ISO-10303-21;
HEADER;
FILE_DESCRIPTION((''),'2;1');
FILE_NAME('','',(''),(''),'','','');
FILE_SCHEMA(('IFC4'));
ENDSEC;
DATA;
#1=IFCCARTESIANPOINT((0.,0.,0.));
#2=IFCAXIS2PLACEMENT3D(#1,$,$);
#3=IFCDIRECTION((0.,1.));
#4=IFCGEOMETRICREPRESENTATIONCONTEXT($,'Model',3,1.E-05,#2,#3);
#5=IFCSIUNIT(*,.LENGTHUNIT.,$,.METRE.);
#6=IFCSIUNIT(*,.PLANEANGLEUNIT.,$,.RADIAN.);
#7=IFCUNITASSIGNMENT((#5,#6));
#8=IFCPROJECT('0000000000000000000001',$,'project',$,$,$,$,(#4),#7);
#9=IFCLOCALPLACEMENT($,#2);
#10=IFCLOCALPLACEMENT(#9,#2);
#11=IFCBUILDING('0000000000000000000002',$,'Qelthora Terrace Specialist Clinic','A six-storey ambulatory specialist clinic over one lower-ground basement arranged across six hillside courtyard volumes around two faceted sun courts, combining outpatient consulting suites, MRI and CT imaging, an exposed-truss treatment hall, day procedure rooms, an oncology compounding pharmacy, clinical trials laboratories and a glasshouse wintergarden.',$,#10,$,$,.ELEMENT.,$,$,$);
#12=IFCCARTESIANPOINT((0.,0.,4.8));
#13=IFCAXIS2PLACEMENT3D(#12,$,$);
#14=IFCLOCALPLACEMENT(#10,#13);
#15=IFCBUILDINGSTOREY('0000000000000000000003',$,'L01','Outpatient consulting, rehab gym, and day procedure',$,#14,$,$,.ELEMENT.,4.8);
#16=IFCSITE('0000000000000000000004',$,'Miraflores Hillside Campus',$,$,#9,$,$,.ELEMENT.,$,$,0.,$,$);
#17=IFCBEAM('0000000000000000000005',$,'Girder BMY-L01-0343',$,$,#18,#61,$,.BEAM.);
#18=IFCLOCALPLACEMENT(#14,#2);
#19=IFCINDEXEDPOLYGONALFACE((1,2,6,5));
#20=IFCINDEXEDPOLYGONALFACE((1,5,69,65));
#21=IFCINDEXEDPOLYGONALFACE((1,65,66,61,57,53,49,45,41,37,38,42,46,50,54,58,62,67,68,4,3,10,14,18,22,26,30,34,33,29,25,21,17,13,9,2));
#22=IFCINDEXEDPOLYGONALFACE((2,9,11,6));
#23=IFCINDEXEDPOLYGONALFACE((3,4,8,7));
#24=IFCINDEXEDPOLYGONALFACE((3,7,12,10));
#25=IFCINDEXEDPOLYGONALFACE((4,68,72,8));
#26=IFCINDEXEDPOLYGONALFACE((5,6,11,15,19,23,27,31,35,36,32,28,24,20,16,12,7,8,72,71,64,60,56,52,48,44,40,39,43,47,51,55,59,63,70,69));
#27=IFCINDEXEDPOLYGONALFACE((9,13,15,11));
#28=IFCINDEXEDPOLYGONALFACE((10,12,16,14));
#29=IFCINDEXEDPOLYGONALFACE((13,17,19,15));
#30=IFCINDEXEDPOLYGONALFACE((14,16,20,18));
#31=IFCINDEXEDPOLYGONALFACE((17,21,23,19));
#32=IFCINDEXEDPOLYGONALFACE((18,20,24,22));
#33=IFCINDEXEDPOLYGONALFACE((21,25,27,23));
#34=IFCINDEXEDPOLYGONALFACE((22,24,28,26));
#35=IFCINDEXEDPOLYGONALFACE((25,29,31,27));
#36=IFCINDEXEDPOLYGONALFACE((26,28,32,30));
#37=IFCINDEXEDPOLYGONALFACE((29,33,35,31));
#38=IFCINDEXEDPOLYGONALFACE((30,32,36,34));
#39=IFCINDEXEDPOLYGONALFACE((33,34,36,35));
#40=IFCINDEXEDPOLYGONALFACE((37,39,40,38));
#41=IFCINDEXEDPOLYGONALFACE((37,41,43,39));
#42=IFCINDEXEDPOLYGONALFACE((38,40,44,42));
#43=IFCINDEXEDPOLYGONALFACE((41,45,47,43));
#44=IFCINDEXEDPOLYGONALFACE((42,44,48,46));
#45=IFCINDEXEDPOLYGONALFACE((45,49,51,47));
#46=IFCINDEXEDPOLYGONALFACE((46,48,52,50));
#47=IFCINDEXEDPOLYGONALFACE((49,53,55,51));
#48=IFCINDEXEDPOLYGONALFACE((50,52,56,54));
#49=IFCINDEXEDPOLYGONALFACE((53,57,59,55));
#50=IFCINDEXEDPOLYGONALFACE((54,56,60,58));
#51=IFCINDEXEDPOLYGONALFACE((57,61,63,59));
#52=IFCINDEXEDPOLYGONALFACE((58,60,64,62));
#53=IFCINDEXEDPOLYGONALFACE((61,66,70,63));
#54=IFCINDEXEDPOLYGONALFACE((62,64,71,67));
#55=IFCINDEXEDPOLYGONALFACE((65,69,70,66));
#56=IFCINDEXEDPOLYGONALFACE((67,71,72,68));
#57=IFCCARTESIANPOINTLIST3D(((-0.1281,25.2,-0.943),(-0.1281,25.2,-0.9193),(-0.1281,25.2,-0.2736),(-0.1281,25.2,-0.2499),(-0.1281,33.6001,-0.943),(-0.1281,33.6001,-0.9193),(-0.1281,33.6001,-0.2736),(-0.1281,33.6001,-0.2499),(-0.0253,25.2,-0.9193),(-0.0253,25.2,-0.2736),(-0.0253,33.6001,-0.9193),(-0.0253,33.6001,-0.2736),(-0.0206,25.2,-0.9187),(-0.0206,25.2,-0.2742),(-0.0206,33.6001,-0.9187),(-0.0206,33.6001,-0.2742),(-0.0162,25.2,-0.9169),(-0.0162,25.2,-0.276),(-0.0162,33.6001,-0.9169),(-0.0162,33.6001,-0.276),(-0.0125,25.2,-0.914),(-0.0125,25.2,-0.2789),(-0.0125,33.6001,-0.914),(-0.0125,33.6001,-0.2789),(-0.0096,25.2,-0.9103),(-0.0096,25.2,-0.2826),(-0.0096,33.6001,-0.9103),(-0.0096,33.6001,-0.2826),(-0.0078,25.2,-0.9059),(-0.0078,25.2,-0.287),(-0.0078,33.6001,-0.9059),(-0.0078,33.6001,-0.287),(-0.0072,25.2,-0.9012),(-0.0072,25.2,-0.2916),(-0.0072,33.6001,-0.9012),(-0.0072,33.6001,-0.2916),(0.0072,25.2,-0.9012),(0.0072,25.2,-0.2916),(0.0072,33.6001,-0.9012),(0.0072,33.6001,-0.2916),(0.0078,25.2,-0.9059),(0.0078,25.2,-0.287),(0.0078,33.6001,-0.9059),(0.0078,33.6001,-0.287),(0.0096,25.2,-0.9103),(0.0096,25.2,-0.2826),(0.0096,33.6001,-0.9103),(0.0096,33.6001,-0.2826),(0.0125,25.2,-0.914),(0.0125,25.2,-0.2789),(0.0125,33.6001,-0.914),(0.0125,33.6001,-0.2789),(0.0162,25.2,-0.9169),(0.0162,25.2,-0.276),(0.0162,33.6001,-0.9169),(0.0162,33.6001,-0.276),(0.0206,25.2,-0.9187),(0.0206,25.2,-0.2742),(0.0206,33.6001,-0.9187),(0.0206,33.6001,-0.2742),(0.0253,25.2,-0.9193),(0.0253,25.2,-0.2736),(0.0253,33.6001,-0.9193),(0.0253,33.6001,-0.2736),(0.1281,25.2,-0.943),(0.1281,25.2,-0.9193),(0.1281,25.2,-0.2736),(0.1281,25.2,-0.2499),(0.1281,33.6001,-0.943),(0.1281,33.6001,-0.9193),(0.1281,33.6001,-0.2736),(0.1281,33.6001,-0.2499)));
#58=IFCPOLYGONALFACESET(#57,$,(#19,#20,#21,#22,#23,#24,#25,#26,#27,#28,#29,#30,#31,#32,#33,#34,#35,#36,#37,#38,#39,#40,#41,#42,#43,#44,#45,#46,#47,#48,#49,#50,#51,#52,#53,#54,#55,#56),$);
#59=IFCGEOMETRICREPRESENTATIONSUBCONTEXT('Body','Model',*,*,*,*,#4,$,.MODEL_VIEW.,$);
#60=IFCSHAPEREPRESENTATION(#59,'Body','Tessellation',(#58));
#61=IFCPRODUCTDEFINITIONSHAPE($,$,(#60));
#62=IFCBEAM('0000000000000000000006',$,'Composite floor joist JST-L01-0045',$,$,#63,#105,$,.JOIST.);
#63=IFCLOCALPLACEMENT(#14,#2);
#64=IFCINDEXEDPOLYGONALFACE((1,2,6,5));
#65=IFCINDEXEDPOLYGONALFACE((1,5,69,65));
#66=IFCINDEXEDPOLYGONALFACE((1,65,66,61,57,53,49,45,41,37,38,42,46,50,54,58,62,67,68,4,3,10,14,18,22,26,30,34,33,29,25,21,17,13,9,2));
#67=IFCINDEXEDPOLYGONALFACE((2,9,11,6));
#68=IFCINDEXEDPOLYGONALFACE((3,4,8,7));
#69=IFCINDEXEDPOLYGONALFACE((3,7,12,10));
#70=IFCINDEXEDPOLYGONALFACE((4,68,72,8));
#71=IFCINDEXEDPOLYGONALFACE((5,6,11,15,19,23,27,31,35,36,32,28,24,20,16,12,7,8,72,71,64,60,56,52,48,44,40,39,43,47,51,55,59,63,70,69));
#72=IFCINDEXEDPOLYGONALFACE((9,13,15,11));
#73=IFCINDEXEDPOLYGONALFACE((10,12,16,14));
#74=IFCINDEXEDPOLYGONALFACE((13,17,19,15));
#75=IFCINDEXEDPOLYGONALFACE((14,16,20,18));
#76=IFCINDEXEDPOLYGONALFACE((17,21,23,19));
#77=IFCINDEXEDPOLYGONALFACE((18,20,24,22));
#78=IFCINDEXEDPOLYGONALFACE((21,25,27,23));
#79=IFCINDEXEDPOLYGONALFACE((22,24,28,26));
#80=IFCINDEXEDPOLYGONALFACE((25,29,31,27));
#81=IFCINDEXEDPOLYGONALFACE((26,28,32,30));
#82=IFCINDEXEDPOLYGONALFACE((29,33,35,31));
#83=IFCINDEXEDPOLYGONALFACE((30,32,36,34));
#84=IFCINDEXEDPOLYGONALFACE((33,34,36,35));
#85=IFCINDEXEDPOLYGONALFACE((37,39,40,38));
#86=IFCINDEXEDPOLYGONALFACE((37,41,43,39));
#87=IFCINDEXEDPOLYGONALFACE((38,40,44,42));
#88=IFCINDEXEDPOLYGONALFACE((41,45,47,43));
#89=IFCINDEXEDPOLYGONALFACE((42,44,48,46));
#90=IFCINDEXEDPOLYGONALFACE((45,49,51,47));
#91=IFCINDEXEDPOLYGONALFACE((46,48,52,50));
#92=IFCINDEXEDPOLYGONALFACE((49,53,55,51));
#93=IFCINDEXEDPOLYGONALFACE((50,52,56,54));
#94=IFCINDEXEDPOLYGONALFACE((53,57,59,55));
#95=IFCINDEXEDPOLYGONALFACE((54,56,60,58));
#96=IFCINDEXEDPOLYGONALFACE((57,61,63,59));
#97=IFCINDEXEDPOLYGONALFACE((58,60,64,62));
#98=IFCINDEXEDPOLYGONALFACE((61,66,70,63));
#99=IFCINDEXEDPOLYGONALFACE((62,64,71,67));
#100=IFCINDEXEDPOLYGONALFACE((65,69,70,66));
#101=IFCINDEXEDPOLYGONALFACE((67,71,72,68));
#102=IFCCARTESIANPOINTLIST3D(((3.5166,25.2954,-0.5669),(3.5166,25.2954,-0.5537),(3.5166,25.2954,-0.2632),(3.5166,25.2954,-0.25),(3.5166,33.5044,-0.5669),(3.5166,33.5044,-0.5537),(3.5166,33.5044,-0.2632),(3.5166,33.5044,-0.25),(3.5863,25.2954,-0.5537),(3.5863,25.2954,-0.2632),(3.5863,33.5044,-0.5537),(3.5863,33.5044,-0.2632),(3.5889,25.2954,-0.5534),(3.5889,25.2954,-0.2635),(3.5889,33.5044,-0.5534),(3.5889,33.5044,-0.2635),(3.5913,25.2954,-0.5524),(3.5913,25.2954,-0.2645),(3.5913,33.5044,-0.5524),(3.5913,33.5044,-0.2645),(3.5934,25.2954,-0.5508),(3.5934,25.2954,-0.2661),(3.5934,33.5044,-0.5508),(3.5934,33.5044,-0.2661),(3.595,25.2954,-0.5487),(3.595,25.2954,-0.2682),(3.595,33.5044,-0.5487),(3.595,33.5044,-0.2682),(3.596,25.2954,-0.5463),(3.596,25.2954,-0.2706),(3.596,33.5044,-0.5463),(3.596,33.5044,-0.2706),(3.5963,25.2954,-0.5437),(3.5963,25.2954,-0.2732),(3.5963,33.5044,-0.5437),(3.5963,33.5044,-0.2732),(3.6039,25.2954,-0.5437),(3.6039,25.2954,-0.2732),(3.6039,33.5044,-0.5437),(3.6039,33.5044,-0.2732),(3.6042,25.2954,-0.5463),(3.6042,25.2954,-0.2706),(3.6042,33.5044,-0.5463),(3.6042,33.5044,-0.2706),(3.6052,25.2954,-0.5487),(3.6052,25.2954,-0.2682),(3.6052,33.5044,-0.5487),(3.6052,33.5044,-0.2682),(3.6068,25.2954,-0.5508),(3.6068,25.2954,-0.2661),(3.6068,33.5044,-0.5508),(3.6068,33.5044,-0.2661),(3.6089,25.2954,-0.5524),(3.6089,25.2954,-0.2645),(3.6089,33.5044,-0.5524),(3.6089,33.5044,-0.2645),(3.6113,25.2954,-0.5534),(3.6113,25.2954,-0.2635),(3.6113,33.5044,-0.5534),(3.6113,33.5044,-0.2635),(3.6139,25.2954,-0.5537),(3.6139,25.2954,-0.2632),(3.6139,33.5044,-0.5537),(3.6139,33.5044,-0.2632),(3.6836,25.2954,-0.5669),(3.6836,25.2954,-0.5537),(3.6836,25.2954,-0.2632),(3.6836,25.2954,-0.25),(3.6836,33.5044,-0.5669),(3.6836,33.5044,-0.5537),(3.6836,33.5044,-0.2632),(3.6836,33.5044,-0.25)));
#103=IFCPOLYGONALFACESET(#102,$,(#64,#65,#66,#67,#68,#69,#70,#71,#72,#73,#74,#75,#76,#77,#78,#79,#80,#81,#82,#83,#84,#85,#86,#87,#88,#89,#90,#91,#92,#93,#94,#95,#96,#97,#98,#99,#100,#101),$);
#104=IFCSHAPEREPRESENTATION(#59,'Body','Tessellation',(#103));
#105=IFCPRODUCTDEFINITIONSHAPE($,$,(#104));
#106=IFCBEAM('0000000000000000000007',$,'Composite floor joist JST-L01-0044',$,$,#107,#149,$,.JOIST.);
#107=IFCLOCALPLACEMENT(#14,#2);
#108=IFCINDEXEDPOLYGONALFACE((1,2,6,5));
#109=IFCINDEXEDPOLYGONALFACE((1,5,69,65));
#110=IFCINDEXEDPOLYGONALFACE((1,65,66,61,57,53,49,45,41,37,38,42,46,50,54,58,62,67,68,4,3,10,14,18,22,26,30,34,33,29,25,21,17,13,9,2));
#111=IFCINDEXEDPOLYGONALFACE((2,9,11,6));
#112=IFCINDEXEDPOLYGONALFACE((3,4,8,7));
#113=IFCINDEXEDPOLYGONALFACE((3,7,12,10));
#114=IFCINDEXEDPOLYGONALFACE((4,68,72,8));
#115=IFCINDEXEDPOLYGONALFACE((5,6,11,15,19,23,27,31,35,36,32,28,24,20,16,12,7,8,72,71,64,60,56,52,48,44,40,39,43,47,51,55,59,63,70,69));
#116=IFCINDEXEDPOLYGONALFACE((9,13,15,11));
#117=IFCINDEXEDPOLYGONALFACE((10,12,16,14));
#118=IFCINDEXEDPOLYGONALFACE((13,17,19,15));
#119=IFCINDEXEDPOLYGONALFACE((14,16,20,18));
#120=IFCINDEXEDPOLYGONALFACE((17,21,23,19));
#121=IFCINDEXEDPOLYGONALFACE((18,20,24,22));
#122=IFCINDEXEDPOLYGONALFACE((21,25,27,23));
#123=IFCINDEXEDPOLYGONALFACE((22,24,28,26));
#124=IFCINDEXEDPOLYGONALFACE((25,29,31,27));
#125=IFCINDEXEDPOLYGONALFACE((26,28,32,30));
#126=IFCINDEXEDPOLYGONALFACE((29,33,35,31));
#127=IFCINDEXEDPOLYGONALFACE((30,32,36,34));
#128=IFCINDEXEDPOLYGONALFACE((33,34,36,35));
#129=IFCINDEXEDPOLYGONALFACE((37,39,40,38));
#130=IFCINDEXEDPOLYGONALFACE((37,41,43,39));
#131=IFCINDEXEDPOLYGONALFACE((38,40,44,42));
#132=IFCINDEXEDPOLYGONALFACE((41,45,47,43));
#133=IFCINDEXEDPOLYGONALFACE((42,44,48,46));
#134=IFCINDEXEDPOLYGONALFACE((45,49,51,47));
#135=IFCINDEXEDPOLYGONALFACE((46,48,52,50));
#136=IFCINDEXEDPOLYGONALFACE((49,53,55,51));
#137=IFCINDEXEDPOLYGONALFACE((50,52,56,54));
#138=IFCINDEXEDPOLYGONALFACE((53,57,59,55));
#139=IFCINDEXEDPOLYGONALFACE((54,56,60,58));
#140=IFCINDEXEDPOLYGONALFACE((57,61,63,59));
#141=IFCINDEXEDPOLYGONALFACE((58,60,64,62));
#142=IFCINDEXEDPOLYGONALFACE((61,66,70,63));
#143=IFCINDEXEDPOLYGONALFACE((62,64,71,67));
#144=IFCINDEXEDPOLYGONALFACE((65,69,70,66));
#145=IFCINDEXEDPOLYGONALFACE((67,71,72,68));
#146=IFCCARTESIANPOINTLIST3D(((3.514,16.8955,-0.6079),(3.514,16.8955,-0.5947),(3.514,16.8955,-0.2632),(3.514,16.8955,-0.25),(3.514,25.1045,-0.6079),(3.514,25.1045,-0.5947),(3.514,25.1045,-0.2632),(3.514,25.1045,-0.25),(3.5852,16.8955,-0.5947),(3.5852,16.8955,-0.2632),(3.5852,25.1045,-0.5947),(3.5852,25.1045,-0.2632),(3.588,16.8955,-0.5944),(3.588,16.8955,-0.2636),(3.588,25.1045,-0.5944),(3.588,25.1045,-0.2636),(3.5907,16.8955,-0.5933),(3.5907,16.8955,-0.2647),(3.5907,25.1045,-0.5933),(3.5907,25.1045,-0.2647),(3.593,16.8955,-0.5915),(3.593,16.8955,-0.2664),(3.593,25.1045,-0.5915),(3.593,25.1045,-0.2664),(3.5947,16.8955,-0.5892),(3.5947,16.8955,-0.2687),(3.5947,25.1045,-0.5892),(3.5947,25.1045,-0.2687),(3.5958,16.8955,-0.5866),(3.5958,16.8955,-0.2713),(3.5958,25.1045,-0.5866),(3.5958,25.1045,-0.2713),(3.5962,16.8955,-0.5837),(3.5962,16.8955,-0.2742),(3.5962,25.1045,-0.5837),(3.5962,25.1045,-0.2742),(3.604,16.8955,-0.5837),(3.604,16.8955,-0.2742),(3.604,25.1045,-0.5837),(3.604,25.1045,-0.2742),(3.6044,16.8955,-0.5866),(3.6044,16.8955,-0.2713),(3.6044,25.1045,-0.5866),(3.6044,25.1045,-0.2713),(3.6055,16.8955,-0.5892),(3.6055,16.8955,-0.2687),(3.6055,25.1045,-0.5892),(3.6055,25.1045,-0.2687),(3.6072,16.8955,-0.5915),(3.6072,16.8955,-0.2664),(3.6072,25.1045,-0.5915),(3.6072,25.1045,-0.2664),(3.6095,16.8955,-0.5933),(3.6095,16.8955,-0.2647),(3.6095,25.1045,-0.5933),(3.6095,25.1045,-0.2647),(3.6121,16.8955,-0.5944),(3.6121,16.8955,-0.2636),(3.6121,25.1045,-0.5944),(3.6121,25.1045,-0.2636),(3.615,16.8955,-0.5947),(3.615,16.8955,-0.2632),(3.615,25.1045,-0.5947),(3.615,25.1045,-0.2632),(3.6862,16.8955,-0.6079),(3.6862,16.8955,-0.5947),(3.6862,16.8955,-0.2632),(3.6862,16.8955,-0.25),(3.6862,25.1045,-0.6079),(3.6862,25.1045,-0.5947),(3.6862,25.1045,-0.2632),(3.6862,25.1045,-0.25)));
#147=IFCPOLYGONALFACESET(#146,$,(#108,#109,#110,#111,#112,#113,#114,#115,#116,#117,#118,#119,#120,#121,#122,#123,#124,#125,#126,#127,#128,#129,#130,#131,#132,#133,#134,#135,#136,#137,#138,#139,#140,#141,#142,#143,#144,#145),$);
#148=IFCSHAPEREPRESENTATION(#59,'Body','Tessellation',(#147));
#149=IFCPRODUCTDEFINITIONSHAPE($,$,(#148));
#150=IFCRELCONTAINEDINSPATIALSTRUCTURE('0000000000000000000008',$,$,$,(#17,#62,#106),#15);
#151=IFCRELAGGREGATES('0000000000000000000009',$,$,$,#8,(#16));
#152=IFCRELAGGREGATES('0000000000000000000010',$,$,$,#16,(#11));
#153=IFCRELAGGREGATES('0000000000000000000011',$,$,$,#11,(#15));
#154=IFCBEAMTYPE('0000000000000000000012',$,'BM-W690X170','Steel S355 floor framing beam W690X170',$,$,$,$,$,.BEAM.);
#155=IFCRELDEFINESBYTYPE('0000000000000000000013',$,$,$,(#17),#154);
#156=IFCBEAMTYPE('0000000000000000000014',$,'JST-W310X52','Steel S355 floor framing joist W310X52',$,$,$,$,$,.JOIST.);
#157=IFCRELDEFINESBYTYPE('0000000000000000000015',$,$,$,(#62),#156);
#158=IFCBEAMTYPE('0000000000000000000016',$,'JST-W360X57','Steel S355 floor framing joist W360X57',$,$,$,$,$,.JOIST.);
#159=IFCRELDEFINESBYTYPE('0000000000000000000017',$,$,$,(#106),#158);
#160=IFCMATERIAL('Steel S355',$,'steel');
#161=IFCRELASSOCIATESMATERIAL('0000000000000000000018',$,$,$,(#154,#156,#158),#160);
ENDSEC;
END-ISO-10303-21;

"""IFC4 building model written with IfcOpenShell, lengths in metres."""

from ifc_helpers import new_model, si_unit, direction, frame, origin, origin_2d, place, context, subcontext, project, spatial, i_section, extrude, material, material_profile, profile_set, type_object, element, save


model = new_model("IFC4")

# Units and contexts
model_context = context("Model", 3, precision=1e-05, world=origin(), true_north=direction((0.0, 1.0)))
body_context = subcontext(model_context, "Body", "Model", "MODEL_VIEW")
ifc_project = project(units=[si_unit("LENGTHUNIT", "METRE"), si_unit("PLANEANGLEUNIT", "RADIAN")], contexts=[model_context])

# Site, building, storey
site_placement = place(None, origin())
site = spatial("IfcSite", under=ifc_project, at=site_placement, Name="Miraflores Hillside Campus", CompositionType="ELEMENT", RefElevation=0.0)
building_placement = place(site_placement, origin())
building = spatial("IfcBuilding", under=site, at=building_placement, Name="Qelthora Terrace Specialist Clinic", Description="A six-storey ambulatory specialist clinic over one lower-ground basement arranged across six hillside courtyard volumes around two faceted sun courts, combining outpatient consulting suites, MRI and CT imaging, an exposed-truss treatment hall, day procedure rooms, an oncology compounding pharmacy, clinical trials laboratories and a glasshouse wintergarden.", CompositionType="ELEMENT")
storey_placement = place(building_placement, frame((0.0, 0.0, 4.8)))
storey = spatial("IfcBuildingStorey", under=building, at=storey_placement, Name="L01", Description="Outpatient consulting, rehab gym, and day procedure", CompositionType="ELEMENT", Elevation=4.8)

# Shared definitions
ifc_material_1 = material(Name="Steel S355", Category="steel")

# Beams
ifc_material_profile_1 = material_profile(ifc_material_1, i_section(OverallWidth=0.2561, OverallDepth=0.6931, WebThickness=0.0144, FlangeThickness=0.0237, FilletRadius=0.0181, at=origin_2d()), Name="W690X170")
ifc_profile_set_1 = profile_set([ifc_material_profile_1], Name="Steel S355")
beam_type_1 = type_object("IfcBeamType", Name="BM-W690X170", Description="Steel S355 floor framing beam W690X170", PredefinedType="BEAM", material=ifc_profile_set_1)
beam_1_placement = place(storey_placement, frame((0.0, 25.2, -0.5964), z_axis=(0.0, 1.0, 0.0), x_axis=(-1.0, 0.0, 0.0)))
element("IfcBeam", 1, at=beam_1_placement, inside=storey, type_object=beam_type_1, Name="Girder BMY-L01-0343", PredefinedType="BEAM", context=body_context, shape_type="SweptSolid", body=[
    extrude(i_section(OverallWidth=0.2561, OverallDepth=0.6931, WebThickness=0.0144, FlangeThickness=0.0237, FilletRadius=0.0181, at=origin_2d()), origin(), (0.0, 0.0, 1.0), 8.4001),
])
ifc_material_profile_2 = material_profile(ifc_material_1, i_section(OverallWidth=0.167, OverallDepth=0.3169, WebThickness=0.0076, FlangeThickness=0.0132, FilletRadius=0.01, at=origin_2d()), Name="W310X52")
ifc_profile_set_2 = profile_set([ifc_material_profile_2], Name="Steel S355")
beam_type_2 = type_object("IfcBeamType", Name="JST-W310X52", Description="Steel S355 floor framing joist W310X52", PredefinedType="JOIST", material=ifc_profile_set_2)
beam_2_placement = place(storey_placement, frame((3.6001, 25.2954, -0.4084), z_axis=(0.0, 1.0, 0.0), x_axis=(-1.0, 0.0, 0.0)))
element("IfcBeam", 2, at=beam_2_placement, inside=storey, type_object=beam_type_2, Name="Composite floor joist JST-L01-0045", PredefinedType="JOIST", context=body_context, shape_type="SweptSolid", body=[
    extrude(i_section(OverallWidth=0.167, OverallDepth=0.3169, WebThickness=0.0076, FlangeThickness=0.0132, FilletRadius=0.01, at=origin_2d()), origin(), (0.0, 0.0, 1.0), 8.209),
])
ifc_material_profile_3 = material_profile(ifc_material_1, i_section(OverallWidth=0.1721, OverallDepth=0.3579, WebThickness=0.0078, FlangeThickness=0.0132, FilletRadius=0.011, at=origin_2d()), Name="W360X57")
ifc_profile_set_3 = profile_set([ifc_material_profile_3], Name="Steel S355")
beam_type_3 = type_object("IfcBeamType", Name="JST-W360X57", Description="Steel S355 floor framing joist W360X57", PredefinedType="JOIST", material=ifc_profile_set_3)
beam_3_placement = place(storey_placement, frame((3.6001, 16.8955, -0.429), z_axis=(0.0, 1.0, 0.0), x_axis=(-1.0, 0.0, 0.0)))
element("IfcBeam", 3, at=beam_3_placement, inside=storey, type_object=beam_type_3, Name="Composite floor joist JST-L01-0044", PredefinedType="JOIST", context=body_context, shape_type="SweptSolid", body=[
    extrude(i_section(OverallWidth=0.1721, OverallDepth=0.3579, WebThickness=0.0078, FlangeThickness=0.0132, FilletRadius=0.011, at=origin_2d()), origin(), (0.0, 0.0, 1.0), 8.209),
])

save(model, "model.ifc")
